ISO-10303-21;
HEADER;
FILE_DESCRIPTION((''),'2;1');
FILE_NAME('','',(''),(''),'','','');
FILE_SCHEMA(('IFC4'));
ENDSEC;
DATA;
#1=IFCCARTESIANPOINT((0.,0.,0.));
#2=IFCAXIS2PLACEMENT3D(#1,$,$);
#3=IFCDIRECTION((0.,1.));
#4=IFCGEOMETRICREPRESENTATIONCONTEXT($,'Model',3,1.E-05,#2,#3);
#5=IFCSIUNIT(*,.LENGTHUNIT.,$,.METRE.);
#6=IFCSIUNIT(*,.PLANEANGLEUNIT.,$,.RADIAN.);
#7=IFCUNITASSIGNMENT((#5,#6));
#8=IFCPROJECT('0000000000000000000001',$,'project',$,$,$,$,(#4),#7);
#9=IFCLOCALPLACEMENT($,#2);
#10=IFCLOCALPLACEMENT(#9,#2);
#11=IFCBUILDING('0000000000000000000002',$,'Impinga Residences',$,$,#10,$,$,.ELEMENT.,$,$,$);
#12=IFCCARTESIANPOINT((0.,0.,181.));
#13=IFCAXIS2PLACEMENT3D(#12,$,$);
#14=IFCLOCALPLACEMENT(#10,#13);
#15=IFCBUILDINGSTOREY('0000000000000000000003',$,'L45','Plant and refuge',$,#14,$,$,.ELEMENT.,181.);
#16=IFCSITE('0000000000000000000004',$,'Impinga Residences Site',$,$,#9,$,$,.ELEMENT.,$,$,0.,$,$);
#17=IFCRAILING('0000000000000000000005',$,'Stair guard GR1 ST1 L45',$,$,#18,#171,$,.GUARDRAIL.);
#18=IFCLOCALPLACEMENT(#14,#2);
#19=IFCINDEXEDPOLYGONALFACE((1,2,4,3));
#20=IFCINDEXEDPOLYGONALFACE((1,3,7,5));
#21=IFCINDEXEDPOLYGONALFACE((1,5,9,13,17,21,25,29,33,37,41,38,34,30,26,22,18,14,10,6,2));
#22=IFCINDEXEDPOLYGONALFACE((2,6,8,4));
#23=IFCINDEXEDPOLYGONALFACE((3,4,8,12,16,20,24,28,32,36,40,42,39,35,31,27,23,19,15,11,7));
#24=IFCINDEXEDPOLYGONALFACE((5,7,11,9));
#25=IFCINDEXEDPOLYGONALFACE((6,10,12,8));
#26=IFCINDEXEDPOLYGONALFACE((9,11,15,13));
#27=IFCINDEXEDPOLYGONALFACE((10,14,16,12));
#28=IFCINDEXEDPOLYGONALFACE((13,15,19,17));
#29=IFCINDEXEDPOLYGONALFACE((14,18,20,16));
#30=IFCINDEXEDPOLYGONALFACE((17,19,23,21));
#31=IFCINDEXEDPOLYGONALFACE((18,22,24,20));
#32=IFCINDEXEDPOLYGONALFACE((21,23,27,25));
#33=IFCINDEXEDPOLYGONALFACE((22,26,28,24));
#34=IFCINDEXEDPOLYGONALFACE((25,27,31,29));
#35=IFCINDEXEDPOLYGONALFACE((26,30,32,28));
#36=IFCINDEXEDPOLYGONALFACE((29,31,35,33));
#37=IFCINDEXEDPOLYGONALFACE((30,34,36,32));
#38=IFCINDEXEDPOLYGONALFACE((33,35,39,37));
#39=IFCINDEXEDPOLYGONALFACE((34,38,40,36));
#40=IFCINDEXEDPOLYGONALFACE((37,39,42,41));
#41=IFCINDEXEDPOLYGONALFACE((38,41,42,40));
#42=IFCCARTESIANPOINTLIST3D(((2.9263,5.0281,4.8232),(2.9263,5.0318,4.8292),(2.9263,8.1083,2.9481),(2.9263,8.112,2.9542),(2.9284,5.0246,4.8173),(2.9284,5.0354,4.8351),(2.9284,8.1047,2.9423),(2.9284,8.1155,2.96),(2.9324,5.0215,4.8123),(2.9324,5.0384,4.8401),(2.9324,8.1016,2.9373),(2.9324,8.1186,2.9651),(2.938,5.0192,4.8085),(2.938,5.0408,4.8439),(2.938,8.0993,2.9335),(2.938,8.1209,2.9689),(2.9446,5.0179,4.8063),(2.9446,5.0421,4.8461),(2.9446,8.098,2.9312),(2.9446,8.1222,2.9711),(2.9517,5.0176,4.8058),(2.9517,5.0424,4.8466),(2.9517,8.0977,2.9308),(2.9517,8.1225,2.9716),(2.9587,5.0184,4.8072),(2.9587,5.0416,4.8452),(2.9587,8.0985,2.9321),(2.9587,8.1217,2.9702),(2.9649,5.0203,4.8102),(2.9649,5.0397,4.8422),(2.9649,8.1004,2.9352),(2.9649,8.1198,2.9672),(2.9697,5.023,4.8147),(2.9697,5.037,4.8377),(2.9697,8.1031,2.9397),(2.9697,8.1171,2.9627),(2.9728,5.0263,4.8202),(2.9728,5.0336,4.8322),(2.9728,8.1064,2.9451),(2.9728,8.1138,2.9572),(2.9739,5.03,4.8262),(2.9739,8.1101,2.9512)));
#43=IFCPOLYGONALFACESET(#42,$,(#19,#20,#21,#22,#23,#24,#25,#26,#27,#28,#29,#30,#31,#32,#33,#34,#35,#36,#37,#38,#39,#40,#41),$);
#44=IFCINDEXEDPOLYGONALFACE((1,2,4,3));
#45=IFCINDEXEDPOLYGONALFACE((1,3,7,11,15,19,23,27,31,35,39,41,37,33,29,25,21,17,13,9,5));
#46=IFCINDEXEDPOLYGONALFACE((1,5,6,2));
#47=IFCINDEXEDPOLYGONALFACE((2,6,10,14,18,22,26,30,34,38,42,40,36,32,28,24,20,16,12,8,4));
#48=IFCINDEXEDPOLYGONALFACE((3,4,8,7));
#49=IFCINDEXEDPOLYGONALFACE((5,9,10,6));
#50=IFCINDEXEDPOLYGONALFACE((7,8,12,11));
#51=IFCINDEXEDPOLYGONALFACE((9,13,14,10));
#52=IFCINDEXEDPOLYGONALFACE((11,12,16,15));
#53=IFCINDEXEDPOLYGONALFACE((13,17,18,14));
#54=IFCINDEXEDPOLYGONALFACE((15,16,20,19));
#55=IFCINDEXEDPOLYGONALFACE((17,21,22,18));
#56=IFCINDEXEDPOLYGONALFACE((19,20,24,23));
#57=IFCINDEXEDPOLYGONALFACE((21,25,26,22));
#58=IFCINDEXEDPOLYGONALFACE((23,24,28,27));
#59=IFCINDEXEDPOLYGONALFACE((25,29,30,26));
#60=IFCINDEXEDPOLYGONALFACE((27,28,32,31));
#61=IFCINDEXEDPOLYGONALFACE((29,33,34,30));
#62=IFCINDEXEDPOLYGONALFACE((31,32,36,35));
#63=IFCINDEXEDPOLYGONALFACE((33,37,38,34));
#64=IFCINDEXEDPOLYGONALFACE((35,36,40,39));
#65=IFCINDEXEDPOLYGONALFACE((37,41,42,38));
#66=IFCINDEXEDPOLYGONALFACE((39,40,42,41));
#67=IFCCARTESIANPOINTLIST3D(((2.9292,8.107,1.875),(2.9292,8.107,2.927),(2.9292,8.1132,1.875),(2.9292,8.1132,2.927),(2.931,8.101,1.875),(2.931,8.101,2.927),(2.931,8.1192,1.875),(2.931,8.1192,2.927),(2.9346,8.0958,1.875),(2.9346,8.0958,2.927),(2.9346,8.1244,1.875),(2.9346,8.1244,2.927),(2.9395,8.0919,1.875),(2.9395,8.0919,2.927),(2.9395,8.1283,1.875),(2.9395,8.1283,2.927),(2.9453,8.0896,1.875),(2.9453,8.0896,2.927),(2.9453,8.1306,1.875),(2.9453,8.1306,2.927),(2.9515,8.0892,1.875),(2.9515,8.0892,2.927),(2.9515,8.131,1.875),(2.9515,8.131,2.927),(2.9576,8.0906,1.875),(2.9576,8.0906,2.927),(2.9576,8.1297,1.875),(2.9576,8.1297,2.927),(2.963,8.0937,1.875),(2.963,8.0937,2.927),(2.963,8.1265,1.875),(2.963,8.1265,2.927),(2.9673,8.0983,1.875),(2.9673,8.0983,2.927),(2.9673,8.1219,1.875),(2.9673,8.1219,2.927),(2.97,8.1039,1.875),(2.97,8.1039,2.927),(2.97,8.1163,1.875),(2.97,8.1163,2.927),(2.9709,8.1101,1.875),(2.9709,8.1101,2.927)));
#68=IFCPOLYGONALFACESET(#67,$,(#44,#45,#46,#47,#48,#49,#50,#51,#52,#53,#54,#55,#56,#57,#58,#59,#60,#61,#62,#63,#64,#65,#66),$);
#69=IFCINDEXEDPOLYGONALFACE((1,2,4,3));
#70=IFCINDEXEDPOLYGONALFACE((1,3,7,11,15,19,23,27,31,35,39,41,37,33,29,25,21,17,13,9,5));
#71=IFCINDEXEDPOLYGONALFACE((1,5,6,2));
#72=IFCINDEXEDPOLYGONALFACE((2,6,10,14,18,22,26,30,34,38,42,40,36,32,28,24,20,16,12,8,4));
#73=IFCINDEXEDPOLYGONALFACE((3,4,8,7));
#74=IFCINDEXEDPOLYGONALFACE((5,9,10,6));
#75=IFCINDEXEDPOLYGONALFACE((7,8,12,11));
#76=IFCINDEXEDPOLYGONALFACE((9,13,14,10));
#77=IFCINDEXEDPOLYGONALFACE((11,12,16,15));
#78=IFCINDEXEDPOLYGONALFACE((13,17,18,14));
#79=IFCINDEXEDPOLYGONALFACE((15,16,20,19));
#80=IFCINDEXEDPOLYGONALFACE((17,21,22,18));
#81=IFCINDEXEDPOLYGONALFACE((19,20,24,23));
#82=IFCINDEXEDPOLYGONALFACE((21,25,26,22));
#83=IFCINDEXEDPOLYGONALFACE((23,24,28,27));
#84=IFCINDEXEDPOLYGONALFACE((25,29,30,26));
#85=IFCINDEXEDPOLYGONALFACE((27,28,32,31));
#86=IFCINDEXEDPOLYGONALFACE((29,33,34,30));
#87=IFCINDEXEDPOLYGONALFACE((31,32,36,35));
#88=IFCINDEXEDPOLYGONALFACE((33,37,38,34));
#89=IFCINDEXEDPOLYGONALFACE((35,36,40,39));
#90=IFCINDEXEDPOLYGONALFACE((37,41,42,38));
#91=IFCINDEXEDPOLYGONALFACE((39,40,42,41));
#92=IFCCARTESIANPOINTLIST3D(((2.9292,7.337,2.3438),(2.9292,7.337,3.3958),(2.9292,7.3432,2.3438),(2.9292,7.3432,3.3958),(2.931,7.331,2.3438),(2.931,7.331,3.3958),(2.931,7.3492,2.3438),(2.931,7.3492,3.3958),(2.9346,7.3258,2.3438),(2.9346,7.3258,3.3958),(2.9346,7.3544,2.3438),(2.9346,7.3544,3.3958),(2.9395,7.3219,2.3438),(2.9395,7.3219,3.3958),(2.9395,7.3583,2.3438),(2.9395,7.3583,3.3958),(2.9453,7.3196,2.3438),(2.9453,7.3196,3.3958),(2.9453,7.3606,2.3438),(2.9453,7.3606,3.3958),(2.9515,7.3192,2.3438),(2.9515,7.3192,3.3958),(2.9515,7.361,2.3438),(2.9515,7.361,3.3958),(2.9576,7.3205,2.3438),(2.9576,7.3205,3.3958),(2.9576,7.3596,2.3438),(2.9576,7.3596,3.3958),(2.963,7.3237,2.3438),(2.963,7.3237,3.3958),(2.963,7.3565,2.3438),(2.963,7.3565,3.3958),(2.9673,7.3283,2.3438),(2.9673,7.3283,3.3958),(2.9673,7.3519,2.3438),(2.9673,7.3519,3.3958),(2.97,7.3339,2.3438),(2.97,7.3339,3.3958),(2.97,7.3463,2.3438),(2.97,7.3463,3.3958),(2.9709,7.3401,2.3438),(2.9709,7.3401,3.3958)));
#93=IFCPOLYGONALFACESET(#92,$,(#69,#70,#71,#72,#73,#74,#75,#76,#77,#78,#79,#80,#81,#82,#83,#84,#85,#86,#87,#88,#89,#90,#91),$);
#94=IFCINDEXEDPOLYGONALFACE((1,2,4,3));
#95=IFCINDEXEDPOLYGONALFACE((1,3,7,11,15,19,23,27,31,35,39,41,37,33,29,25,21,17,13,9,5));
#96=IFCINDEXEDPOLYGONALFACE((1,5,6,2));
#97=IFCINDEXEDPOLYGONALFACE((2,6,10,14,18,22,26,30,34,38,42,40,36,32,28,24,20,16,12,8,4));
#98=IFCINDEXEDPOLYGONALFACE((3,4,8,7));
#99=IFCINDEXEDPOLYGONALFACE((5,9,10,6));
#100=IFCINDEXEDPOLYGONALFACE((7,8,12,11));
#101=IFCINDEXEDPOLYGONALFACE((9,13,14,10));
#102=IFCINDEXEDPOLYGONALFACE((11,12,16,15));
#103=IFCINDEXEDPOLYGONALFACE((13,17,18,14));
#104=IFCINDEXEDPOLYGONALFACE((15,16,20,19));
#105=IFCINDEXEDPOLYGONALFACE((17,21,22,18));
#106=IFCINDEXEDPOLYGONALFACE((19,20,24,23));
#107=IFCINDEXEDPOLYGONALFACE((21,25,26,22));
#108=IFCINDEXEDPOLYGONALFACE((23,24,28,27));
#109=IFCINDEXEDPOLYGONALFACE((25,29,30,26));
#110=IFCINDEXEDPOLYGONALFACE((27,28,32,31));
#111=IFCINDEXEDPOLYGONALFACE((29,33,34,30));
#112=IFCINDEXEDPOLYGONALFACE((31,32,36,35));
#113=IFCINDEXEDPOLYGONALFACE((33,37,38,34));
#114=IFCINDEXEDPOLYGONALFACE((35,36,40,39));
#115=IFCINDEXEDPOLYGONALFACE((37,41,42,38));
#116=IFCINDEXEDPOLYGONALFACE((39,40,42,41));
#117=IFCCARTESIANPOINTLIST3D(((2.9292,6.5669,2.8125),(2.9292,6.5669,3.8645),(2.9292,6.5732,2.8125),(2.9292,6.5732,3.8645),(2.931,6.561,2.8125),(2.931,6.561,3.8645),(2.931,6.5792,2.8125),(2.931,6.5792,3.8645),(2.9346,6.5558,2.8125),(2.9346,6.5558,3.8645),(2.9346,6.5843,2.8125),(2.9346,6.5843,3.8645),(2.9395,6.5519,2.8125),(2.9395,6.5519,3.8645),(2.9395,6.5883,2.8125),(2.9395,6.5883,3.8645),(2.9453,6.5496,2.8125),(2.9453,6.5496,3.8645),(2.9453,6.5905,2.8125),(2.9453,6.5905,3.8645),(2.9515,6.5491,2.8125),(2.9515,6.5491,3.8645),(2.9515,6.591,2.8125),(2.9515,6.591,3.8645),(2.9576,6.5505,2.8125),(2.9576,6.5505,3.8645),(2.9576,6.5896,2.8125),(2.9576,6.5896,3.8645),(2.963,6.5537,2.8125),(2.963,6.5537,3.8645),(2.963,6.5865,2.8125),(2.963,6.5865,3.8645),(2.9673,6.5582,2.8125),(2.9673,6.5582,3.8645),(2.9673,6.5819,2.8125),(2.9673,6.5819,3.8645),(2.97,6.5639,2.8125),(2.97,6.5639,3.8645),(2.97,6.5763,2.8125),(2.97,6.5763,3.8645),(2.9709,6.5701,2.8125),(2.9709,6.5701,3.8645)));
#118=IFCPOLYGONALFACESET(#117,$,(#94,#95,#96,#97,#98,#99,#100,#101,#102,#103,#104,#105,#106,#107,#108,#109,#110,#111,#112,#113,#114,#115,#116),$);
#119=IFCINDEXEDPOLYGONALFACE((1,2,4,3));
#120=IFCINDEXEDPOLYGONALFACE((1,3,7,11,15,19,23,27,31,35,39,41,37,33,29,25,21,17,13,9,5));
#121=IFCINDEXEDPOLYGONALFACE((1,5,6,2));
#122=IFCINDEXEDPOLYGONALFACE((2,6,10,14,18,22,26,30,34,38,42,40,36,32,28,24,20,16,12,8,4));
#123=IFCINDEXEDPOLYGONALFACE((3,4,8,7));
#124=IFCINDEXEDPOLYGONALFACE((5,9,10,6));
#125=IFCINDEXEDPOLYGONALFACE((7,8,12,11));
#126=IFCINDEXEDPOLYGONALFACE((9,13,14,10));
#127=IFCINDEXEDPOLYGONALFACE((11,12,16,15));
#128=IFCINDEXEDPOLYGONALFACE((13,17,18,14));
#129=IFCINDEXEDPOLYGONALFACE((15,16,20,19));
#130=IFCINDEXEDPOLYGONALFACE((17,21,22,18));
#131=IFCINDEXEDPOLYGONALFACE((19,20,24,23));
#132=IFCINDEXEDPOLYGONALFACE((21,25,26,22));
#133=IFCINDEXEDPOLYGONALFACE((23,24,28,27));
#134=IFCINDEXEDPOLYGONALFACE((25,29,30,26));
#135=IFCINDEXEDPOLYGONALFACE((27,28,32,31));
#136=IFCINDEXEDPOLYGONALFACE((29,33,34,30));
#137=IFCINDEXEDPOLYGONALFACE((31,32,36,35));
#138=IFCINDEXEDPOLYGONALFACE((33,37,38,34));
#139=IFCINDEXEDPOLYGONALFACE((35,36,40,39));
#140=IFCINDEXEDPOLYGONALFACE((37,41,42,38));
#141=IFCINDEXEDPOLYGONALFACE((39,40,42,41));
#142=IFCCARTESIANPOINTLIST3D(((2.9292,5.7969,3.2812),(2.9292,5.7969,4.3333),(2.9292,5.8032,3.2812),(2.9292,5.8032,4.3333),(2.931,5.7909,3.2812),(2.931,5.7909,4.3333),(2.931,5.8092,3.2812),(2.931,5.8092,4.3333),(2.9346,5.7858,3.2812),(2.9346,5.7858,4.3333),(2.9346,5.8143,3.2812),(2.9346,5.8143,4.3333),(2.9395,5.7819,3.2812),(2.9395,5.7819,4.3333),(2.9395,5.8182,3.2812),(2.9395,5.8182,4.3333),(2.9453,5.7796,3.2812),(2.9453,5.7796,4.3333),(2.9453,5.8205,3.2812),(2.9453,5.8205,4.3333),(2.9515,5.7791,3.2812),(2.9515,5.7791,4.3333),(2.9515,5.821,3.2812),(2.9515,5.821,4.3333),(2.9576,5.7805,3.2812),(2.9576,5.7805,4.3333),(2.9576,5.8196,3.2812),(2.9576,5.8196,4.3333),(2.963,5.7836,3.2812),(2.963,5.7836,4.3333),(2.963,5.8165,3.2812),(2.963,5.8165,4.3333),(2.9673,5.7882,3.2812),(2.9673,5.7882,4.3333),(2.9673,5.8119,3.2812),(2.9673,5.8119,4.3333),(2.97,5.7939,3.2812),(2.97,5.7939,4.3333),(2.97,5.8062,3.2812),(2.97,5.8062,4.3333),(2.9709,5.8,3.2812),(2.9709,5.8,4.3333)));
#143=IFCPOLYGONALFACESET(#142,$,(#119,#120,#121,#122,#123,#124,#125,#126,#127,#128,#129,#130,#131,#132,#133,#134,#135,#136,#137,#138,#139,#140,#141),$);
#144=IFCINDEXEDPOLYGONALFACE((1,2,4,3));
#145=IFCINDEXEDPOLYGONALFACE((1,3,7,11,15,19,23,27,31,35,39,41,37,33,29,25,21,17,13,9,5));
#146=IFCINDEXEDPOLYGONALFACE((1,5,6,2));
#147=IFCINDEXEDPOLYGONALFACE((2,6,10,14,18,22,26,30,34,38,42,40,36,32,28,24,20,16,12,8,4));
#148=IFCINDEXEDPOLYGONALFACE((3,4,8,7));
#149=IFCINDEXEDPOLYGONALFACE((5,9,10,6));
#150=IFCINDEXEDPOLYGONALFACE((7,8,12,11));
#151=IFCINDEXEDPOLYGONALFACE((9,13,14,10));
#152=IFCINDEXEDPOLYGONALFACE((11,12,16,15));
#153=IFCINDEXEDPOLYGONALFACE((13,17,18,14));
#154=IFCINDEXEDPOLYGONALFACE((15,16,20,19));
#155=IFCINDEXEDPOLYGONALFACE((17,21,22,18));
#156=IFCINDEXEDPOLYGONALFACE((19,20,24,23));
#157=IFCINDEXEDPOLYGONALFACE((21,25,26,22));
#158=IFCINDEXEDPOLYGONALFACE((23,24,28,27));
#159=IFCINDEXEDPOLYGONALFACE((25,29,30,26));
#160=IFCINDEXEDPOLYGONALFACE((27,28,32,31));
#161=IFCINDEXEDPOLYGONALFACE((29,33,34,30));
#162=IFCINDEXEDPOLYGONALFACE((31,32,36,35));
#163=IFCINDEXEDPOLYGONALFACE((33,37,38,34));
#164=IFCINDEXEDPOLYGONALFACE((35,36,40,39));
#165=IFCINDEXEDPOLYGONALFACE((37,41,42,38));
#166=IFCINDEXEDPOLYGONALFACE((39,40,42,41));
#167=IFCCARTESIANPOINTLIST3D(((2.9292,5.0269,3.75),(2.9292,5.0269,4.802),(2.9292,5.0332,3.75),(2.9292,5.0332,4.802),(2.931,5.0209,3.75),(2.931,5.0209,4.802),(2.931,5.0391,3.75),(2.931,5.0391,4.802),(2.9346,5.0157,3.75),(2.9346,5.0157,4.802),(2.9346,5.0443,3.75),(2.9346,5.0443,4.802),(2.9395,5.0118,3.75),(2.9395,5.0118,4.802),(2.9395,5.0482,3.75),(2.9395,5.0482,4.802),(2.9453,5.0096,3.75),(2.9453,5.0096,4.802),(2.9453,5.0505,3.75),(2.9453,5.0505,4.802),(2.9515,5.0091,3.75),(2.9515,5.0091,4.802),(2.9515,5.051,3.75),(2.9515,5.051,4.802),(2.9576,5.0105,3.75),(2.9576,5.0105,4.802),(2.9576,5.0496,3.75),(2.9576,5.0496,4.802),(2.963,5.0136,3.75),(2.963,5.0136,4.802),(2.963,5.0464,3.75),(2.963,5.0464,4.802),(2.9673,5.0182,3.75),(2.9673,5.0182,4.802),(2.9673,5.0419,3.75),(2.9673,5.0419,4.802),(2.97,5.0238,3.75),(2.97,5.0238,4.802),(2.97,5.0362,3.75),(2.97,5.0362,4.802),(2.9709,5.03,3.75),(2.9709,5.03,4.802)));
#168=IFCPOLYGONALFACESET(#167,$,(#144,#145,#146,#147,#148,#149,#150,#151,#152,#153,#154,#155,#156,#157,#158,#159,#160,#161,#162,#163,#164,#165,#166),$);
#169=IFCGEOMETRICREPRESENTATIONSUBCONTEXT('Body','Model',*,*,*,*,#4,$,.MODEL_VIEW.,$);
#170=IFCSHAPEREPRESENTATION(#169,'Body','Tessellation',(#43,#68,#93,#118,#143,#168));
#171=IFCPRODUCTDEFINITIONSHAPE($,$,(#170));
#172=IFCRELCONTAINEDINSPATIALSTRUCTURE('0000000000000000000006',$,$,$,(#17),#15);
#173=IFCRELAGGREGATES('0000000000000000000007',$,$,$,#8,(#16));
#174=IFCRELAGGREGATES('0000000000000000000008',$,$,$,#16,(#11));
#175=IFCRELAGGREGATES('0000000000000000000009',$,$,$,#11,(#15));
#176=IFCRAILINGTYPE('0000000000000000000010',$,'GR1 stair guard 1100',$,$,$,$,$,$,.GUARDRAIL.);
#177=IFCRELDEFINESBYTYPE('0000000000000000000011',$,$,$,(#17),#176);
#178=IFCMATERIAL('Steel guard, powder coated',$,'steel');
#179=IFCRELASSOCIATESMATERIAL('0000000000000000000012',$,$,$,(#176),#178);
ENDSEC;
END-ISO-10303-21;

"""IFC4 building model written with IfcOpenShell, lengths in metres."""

from ifc_helpers import new_model, si_unit, direction, frame, origin, origin_2d, place, context, subcontext, project, spatial, circle, extrude, material, type_object, element, save


model = new_model("IFC4")

# Units and contexts
model_context = context("Model", 3, precision=1e-05, world=origin(), true_north=direction((0.0, 1.0)))
body_context = subcontext(model_context, "Body", "Model", "MODEL_VIEW")
ifc_project = project(units=[si_unit("LENGTHUNIT", "METRE"), si_unit("PLANEANGLEUNIT", "RADIAN")], contexts=[model_context])

# Site, building, storey
site_placement = place(None, origin())
site = spatial("IfcSite", under=ifc_project, at=site_placement, Name="Impinga Residences Site", CompositionType="ELEMENT", RefElevation=0.0)
building_placement = place(site_placement, origin())
building = spatial("IfcBuilding", under=site, at=building_placement, Name="Impinga Residences", CompositionType="ELEMENT")
storey_placement = place(building_placement, frame((0.0, 0.0, 181.0)))
storey = spatial("IfcBuildingStorey", under=building, at=storey_placement, Name="L45", Description="Plant and refuge", CompositionType="ELEMENT", Elevation=181.0)

# Railing
ifc_material_1 = material(Name="Steel guard, powder coated", Category="steel")
railing_type_1 = type_object("IfcRailingType", Name="GR1 stair guard 1100", PredefinedType="GUARDRAIL", material=ifc_material_1)
for number, where, name in (
    (1, (2.95, 8.1101, 1.875), "Stair guard GR1 ST1 L45"),
):
    element("IfcRailing", number, at=place(storey_placement, frame(where)), inside=storey, type_object=railing_type_1, Name=name, PredefinedType="GUARDRAIL", context=body_context, shape_type="SweptSolid", body=[
        extrude(circle(Radius=0.0239, at=origin_2d()), frame((0.0, 0.0, 1.0762), z_axis=(0.0, -0.854178, 0.519981), x_axis=(1.0, 0.0, 0.0)), (0.0, 0.0, 1.0), 3.606),
        extrude(circle(Radius=0.021, at=origin_2d()), origin(), (0.0, 0.0, 1.0), 1.052),
        extrude(circle(Radius=0.021, at=origin_2d()), frame((0.0, -0.77, 0.4688)), (0.0, 0.0, 1.0), 1.052),
        extrude(circle(Radius=0.021, at=origin_2d()), frame((0.0, -1.54, 0.9375)), (0.0, 0.0, 1.0), 1.052),
        extrude(circle(Radius=0.021, at=origin_2d()), frame((0.0, -2.3101, 1.4062)), (0.0, 0.0, 1.0), 1.052),
        extrude(circle(Radius=0.021, at=origin_2d()), frame((0.0, -3.0801, 1.875)), (0.0, 0.0, 1.0), 1.052),
    ])

save(model, "model.ifc")
